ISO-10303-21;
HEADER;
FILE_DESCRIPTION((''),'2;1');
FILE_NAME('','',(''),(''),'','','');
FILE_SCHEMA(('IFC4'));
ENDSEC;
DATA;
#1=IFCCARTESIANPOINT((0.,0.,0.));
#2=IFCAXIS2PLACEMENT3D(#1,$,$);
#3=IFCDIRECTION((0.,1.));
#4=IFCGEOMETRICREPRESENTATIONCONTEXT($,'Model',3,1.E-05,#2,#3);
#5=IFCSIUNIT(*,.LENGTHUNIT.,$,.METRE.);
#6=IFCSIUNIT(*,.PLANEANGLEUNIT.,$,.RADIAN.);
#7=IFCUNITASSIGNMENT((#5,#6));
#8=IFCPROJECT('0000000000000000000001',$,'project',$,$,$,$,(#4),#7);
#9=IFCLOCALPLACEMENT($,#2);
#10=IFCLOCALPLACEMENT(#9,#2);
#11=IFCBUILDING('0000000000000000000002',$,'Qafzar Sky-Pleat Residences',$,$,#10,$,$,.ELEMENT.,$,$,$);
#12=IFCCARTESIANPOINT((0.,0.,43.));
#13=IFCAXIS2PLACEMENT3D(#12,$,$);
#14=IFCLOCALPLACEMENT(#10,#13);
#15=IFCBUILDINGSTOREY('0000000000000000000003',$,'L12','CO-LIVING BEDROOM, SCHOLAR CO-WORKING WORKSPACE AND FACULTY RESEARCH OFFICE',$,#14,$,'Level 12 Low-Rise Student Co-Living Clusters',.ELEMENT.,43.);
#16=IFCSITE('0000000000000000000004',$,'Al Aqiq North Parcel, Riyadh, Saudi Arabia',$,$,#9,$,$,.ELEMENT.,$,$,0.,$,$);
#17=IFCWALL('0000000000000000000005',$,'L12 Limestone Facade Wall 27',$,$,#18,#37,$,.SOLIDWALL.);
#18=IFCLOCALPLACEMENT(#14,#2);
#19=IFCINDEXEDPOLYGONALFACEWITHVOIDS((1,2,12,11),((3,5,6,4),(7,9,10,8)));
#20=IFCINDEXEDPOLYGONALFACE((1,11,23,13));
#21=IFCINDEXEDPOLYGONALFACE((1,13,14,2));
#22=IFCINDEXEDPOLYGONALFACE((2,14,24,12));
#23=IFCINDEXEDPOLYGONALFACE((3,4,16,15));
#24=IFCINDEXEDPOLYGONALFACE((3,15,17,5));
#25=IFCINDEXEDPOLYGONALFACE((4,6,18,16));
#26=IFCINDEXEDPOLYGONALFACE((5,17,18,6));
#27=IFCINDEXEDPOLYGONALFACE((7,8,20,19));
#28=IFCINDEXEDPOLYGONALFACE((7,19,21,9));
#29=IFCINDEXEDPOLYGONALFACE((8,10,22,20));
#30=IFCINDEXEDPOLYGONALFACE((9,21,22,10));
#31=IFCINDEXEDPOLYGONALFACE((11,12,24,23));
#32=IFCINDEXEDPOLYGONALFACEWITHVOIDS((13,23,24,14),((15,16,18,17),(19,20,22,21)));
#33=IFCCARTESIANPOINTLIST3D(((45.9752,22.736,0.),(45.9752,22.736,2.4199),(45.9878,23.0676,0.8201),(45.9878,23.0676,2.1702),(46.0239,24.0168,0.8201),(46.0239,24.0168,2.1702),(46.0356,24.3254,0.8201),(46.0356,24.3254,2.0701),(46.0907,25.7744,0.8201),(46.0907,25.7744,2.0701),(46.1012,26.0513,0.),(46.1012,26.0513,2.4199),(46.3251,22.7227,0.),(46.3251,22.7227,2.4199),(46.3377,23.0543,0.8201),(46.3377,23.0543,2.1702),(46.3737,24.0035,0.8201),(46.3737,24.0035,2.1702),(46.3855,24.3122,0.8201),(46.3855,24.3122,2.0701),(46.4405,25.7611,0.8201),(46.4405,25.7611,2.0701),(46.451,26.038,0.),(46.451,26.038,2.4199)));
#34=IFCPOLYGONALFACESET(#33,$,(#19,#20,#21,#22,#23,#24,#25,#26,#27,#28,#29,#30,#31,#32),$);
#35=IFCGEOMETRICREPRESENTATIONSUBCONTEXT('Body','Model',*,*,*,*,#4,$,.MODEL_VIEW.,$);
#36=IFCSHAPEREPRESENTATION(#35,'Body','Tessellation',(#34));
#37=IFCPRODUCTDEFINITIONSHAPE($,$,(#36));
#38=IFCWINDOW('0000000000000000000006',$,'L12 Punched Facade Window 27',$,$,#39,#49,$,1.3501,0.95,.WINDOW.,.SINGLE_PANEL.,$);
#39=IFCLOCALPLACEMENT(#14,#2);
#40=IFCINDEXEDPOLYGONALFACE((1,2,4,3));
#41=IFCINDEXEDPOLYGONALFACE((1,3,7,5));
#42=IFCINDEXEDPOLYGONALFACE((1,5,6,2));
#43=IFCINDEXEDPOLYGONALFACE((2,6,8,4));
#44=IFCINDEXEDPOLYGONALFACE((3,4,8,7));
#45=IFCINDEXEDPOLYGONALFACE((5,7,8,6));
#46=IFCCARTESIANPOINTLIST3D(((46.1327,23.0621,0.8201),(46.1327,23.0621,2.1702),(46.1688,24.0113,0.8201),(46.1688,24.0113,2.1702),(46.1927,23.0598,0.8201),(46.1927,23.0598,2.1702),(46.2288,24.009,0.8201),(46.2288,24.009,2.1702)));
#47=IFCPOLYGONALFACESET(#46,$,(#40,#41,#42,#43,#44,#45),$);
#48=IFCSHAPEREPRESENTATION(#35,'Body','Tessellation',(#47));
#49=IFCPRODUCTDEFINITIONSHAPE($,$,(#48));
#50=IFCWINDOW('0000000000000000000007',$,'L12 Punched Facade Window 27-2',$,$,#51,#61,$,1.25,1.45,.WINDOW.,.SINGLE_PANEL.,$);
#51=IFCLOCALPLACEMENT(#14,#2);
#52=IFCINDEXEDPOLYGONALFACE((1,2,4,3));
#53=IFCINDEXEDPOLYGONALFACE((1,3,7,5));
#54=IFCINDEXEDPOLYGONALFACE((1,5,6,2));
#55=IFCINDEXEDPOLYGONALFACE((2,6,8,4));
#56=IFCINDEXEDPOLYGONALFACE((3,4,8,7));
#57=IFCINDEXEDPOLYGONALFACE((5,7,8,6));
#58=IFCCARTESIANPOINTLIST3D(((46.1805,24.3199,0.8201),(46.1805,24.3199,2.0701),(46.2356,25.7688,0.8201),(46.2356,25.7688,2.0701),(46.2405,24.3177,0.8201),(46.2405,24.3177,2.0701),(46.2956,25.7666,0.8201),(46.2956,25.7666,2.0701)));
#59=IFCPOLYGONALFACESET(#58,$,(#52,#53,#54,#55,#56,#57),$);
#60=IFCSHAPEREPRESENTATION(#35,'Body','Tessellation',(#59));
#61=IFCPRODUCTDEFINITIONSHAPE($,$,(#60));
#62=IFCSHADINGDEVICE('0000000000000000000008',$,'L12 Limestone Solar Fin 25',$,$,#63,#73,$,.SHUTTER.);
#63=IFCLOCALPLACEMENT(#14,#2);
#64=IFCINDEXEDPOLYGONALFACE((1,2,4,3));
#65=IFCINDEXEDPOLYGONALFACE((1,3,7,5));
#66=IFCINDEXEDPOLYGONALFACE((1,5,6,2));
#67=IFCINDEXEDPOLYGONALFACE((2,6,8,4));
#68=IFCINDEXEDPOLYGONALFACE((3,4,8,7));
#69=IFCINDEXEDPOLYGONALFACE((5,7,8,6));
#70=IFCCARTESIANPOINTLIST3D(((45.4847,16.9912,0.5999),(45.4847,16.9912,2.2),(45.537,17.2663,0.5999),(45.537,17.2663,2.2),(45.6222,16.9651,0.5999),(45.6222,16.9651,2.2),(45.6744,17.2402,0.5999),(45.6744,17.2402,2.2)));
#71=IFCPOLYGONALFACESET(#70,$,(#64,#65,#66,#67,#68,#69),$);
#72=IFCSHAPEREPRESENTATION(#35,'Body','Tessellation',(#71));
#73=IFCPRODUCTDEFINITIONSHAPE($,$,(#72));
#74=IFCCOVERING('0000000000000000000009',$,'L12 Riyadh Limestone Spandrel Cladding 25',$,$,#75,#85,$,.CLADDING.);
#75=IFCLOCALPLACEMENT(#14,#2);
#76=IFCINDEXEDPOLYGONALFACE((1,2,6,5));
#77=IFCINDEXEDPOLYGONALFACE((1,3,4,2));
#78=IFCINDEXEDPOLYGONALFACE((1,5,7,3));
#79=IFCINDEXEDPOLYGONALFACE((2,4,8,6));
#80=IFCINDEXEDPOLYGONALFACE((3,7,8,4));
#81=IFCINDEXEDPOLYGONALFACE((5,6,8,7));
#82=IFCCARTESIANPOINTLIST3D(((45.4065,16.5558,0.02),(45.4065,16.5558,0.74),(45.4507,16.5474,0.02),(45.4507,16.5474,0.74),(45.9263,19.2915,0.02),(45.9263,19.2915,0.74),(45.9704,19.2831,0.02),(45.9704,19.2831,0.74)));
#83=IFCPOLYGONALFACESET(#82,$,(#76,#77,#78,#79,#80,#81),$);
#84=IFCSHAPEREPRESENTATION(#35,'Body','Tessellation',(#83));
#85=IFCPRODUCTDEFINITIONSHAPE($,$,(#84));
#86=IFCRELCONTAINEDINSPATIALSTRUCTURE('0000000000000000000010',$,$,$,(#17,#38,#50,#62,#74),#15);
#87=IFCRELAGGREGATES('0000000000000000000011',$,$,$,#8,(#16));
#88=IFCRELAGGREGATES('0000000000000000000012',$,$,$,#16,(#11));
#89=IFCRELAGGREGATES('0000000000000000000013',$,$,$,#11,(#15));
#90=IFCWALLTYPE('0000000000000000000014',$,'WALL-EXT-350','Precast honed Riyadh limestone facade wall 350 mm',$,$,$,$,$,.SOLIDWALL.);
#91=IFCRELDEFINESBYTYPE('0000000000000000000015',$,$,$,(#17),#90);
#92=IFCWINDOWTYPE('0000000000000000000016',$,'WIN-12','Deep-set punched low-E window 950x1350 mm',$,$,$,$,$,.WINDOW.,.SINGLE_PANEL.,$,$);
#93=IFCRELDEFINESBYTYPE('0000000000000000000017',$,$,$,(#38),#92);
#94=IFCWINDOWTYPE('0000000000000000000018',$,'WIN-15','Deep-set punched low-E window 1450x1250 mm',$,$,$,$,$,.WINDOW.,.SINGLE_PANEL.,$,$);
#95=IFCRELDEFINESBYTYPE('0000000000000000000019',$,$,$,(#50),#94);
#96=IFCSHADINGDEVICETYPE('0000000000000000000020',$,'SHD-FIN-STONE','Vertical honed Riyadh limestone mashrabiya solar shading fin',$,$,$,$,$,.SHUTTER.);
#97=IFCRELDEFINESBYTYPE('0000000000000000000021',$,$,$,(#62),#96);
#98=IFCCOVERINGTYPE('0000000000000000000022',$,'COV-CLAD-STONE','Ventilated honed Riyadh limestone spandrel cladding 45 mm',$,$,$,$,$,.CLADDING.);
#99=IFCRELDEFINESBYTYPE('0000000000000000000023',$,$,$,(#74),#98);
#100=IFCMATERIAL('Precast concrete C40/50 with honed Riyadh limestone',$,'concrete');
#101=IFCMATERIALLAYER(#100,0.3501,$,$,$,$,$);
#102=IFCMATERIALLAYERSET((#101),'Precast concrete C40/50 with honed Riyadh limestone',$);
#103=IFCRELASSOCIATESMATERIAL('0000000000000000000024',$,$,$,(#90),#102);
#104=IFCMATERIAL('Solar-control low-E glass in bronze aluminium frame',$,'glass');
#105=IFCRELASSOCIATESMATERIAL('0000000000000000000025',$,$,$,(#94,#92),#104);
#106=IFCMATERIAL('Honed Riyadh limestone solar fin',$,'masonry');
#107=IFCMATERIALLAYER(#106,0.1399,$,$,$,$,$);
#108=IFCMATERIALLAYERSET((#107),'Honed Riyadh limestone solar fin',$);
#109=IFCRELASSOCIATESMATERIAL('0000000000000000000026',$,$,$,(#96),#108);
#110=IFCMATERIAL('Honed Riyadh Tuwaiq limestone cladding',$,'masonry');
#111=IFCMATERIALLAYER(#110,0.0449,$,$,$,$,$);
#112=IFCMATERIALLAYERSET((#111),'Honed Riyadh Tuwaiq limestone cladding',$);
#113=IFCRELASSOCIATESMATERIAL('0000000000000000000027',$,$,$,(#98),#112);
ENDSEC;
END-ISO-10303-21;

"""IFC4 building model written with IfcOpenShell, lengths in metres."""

from ifc_helpers import new_model, si_unit, direction, frame, frame_2d, origin, origin_2d, place, context, subcontext, project, spatial, rectangle, extrude, source, transform, mapped, material, layer, layer_set, type_object, element, fill, save


model = new_model("IFC4")

# Units and contexts
model_context = context("Model", 3, precision=1e-05, world=origin(), true_north=direction((0.0, 1.0)))
body_context = subcontext(model_context, "Body", "Model", "MODEL_VIEW")
ifc_project = project(units=[si_unit("LENGTHUNIT", "METRE"), si_unit("PLANEANGLEUNIT", "RADIAN")], contexts=[model_context])

# Site, building, storey
site_placement = place(None, origin())
site = spatial("IfcSite", under=ifc_project, at=site_placement, Name="Al Aqiq North Parcel, Riyadh, Saudi Arabia", CompositionType="ELEMENT", RefElevation=0.0)
building_placement = place(site_placement, origin())
building = spatial("IfcBuilding", under=site, at=building_placement, Name="Qafzar Sky-Pleat Residences", CompositionType="ELEMENT")
storey_placement = place(building_placement, frame((0.0, 0.0, 43.0)))
storey = spatial("IfcBuildingStorey", under=building, at=storey_placement, Name="L12", Description="CO-LIVING BEDROOM, SCHOLAR CO-WORKING WORKSPACE AND FACULTY RESEARCH OFFICE", LongName="Level 12 Low-Rise Student Co-Living Clusters", CompositionType="ELEMENT", Elevation=43.0)

# Shared definitions
ifc_material_1 = material(Name="Precast concrete C40/50 with honed Riyadh limestone", Category="concrete")
ifc_layer_1 = layer(ifc_material_1, 0.3501)
ifc_layer_set_1 = layer_set([ifc_layer_1], Name="Precast concrete C40/50 with honed Riyadh limestone")
wall_type_1 = type_object("IfcWallType", Name="WALL-EXT-350", Description="Precast honed Riyadh limestone facade wall 350 mm", PredefinedType="SOLIDWALL", material=ifc_layer_set_1)

# Shared definitions
ifc_material_2 = material(Name="Solar-control low-E glass in bronze aluminium frame", Category="glass")
window_type_1 = type_object("IfcWindowType", Name="WIN-15", Description="Deep-set punched low-E window 1450x1250 mm", PartitioningType="SINGLE_PANEL", PredefinedType="WINDOW", material=ifc_material_2)
shared_shape_1 = source(origin(), body_context, "Body", "SweptSolid", [
    extrude(rectangle(XDim=1.45, YDim=1.25, at=frame_2d((0.7251, 0.625))), frame((0.0, 0.03, 0.0), z_axis=(0.0, -1.0, 0.0), x_axis=(1.0, 0.0, 0.0)), (0.0, 0.0, 1.0), 0.0601),
])

# Wall, openings, windows
wall_1_placement = place(storey_placement, frame((46.1501, 22.7295, 0.0), z_axis=(0.0, 0.0, 1.0), x_axis=(0.037972, 0.999279, 0.0)))
wall_1 = element("IfcWall", 1, at=wall_1_placement, inside=storey, type_object=wall_type_1, Name="L12 Limestone Facade Wall 27", PredefinedType="SOLIDWALL", context=body_context, shape_type="SweptSolid", body=[
    extrude(rectangle(XDim=3.3176, YDim=0.3501, at=frame_2d((1.6587, 0.0))), origin(), (0.0, 0.0, 1.0), 2.4199),
])
opening_1_placement = place(wall_1_placement, frame((0.3315, 0.0, 0.8201)))
opening_1 = element("IfcOpeningElement", 2, at=opening_1_placement, cuts=wall_1, PredefinedType="OPENING", context=body_context, shape_type="SweptSolid", body=[
    extrude(rectangle(XDim=0.95, YDim=1.3501, at=frame_2d((0.4751, 0.675))), frame((0.0, 0.1851, 0.0), z_axis=(0.0, -1.0, 0.0), x_axis=(1.0, 0.0, 0.0)), (0.0, 0.0, 1.0), 0.3701),
])
opening_2_placement = place(wall_1_placement, frame((1.5903, 0.0, 0.8201)))
opening_2 = element("IfcOpeningElement", 3, at=opening_2_placement, cuts=wall_1, PredefinedType="OPENING", context=body_context, shape_type="SweptSolid", body=[
    extrude(rectangle(XDim=1.45, YDim=1.25, at=frame_2d((0.7251, 0.625))), frame((0.0, 0.1851, 0.0), z_axis=(0.0, -1.0, 0.0), x_axis=(1.0, 0.0, 0.0)), (0.0, 0.0, 1.0), 0.3701),
])
window_type_2 = type_object("IfcWindowType", Name="WIN-12", Description="Deep-set punched low-E window 950x1350 mm", PartitioningType="SINGLE_PANEL", PredefinedType="WINDOW", material=ifc_material_2)
shared_shape_2 = source(origin(), body_context, "Body", "SweptSolid", [
    extrude(rectangle(XDim=0.95, YDim=1.3501, at=frame_2d((0.4751, 0.675))), frame((0.0, 0.03, 0.0), z_axis=(0.0, -1.0, 0.0), x_axis=(1.0, 0.0, 0.0)), (0.0, 0.0, 1.0), 0.0601),
])
window_1_placement = place(opening_1_placement, origin())
window_1 = element("IfcWindow", 4, at=window_1_placement, inside=storey, type_object=window_type_2, Name="L12 Punched Facade Window 27", OverallHeight=1.3501, OverallWidth=0.95, PartitioningType="SINGLE_PANEL", PredefinedType="WINDOW", context=body_context, shape_type="MappedRepresentation", body=[
    mapped(shared_shape_2, transform((0.0, 0.0, 0.0), x_axis=(1.0, 0.0, 0.0), y_axis=(0.0, 1.0, 0.0), z_axis=(0.0, 0.0, 1.0), scale=1.0)),
])
fill(opening_1, window_1)
window_2_placement = place(opening_2_placement, origin())
window_2 = element("IfcWindow", 5, at=window_2_placement, inside=storey, type_object=window_type_1, Name="L12 Punched Facade Window 27-2", OverallHeight=1.25, OverallWidth=1.45, PartitioningType="SINGLE_PANEL", PredefinedType="WINDOW", context=body_context, shape_type="MappedRepresentation", body=[
    mapped(shared_shape_1, transform((0.0, 0.0, 0.0), x_axis=(1.0, 0.0, 0.0), y_axis=(0.0, 1.0, 0.0), z_axis=(0.0, 0.0, 1.0), scale=1.0)),
])
fill(opening_2, window_2)

# Shading device
ifc_material_3 = material(Name="Honed Riyadh limestone solar fin", Category="masonry")
ifc_layer_2 = layer(ifc_material_3, 0.1399)
ifc_layer_set_2 = layer_set([ifc_layer_2], Name="Honed Riyadh limestone solar fin")
shading_device_type = type_object("IfcShadingDeviceType", Name="SHD-FIN-STONE", Description="Vertical honed Riyadh limestone mashrabiya solar shading fin", PredefinedType="SHUTTER", material=ifc_layer_set_2)
shared_shape_3 = source(origin(), body_context, "Body", "SweptSolid", [
    extrude(rectangle(XDim=0.1399, YDim=0.28, at=origin_2d()), origin(), (0.0, 0.0, 1.0), 1.6001),
])
shading_device_placement = place(storey_placement, frame((45.5796, 17.1157, 0.5999), z_axis=(0.0, 0.0, 1.0), x_axis=(0.982426, -0.186652, 0.0)))
element("IfcShadingDevice", 6, at=shading_device_placement, inside=storey, type_object=shading_device_type, Name="L12 Limestone Solar Fin 25", PredefinedType="SHUTTER", context=body_context, shape_type="MappedRepresentation", body=[
    mapped(shared_shape_3, transform((0.0, 0.0, 0.0), x_axis=(1.0, 0.0, 0.0), y_axis=(0.0, 1.0, 0.0), z_axis=(0.0, 0.0, 1.0), scale=1.0)),
])

# Covering
ifc_material_4 = material(Name="Honed Riyadh Tuwaiq limestone cladding", Category="masonry")
ifc_layer_3 = layer(ifc_material_4, 0.0449)
ifc_layer_set_3 = layer_set([ifc_layer_3], Name="Honed Riyadh Tuwaiq limestone cladding")
covering_type = type_object("IfcCoveringType", Name="COV-CLAD-STONE", Description="Ventilated honed Riyadh limestone spandrel cladding 45 mm", PredefinedType="CLADDING", material=ifc_layer_set_3)
shared_shape_4 = source(origin(), body_context, "Body", "SweptSolid", [
    extrude(rectangle(XDim=2.7847, YDim=0.0449, at=origin_2d()), origin(), (0.0, 0.0, 1.0), 0.72),
])
covering_placement = place(storey_placement, frame((45.6885, 17.9194, 0.02), z_axis=(0.0, 0.0, 1.0), x_axis=(0.186653, 0.982426, 0.0)))
element("IfcCovering", 7, at=covering_placement, inside=storey, type_object=covering_type, Name="L12 Riyadh Limestone Spandrel Cladding 25", PredefinedType="CLADDING", context=body_context, shape_type="MappedRepresentation", body=[
    mapped(shared_shape_4, transform((0.0, 0.0, 0.0), x_axis=(1.0, 0.0, 0.0), y_axis=(0.0, 1.0, 0.0), z_axis=(0.0, 0.0, 1.0), scale=1.0)),
])

save(model, "model.ifc")
